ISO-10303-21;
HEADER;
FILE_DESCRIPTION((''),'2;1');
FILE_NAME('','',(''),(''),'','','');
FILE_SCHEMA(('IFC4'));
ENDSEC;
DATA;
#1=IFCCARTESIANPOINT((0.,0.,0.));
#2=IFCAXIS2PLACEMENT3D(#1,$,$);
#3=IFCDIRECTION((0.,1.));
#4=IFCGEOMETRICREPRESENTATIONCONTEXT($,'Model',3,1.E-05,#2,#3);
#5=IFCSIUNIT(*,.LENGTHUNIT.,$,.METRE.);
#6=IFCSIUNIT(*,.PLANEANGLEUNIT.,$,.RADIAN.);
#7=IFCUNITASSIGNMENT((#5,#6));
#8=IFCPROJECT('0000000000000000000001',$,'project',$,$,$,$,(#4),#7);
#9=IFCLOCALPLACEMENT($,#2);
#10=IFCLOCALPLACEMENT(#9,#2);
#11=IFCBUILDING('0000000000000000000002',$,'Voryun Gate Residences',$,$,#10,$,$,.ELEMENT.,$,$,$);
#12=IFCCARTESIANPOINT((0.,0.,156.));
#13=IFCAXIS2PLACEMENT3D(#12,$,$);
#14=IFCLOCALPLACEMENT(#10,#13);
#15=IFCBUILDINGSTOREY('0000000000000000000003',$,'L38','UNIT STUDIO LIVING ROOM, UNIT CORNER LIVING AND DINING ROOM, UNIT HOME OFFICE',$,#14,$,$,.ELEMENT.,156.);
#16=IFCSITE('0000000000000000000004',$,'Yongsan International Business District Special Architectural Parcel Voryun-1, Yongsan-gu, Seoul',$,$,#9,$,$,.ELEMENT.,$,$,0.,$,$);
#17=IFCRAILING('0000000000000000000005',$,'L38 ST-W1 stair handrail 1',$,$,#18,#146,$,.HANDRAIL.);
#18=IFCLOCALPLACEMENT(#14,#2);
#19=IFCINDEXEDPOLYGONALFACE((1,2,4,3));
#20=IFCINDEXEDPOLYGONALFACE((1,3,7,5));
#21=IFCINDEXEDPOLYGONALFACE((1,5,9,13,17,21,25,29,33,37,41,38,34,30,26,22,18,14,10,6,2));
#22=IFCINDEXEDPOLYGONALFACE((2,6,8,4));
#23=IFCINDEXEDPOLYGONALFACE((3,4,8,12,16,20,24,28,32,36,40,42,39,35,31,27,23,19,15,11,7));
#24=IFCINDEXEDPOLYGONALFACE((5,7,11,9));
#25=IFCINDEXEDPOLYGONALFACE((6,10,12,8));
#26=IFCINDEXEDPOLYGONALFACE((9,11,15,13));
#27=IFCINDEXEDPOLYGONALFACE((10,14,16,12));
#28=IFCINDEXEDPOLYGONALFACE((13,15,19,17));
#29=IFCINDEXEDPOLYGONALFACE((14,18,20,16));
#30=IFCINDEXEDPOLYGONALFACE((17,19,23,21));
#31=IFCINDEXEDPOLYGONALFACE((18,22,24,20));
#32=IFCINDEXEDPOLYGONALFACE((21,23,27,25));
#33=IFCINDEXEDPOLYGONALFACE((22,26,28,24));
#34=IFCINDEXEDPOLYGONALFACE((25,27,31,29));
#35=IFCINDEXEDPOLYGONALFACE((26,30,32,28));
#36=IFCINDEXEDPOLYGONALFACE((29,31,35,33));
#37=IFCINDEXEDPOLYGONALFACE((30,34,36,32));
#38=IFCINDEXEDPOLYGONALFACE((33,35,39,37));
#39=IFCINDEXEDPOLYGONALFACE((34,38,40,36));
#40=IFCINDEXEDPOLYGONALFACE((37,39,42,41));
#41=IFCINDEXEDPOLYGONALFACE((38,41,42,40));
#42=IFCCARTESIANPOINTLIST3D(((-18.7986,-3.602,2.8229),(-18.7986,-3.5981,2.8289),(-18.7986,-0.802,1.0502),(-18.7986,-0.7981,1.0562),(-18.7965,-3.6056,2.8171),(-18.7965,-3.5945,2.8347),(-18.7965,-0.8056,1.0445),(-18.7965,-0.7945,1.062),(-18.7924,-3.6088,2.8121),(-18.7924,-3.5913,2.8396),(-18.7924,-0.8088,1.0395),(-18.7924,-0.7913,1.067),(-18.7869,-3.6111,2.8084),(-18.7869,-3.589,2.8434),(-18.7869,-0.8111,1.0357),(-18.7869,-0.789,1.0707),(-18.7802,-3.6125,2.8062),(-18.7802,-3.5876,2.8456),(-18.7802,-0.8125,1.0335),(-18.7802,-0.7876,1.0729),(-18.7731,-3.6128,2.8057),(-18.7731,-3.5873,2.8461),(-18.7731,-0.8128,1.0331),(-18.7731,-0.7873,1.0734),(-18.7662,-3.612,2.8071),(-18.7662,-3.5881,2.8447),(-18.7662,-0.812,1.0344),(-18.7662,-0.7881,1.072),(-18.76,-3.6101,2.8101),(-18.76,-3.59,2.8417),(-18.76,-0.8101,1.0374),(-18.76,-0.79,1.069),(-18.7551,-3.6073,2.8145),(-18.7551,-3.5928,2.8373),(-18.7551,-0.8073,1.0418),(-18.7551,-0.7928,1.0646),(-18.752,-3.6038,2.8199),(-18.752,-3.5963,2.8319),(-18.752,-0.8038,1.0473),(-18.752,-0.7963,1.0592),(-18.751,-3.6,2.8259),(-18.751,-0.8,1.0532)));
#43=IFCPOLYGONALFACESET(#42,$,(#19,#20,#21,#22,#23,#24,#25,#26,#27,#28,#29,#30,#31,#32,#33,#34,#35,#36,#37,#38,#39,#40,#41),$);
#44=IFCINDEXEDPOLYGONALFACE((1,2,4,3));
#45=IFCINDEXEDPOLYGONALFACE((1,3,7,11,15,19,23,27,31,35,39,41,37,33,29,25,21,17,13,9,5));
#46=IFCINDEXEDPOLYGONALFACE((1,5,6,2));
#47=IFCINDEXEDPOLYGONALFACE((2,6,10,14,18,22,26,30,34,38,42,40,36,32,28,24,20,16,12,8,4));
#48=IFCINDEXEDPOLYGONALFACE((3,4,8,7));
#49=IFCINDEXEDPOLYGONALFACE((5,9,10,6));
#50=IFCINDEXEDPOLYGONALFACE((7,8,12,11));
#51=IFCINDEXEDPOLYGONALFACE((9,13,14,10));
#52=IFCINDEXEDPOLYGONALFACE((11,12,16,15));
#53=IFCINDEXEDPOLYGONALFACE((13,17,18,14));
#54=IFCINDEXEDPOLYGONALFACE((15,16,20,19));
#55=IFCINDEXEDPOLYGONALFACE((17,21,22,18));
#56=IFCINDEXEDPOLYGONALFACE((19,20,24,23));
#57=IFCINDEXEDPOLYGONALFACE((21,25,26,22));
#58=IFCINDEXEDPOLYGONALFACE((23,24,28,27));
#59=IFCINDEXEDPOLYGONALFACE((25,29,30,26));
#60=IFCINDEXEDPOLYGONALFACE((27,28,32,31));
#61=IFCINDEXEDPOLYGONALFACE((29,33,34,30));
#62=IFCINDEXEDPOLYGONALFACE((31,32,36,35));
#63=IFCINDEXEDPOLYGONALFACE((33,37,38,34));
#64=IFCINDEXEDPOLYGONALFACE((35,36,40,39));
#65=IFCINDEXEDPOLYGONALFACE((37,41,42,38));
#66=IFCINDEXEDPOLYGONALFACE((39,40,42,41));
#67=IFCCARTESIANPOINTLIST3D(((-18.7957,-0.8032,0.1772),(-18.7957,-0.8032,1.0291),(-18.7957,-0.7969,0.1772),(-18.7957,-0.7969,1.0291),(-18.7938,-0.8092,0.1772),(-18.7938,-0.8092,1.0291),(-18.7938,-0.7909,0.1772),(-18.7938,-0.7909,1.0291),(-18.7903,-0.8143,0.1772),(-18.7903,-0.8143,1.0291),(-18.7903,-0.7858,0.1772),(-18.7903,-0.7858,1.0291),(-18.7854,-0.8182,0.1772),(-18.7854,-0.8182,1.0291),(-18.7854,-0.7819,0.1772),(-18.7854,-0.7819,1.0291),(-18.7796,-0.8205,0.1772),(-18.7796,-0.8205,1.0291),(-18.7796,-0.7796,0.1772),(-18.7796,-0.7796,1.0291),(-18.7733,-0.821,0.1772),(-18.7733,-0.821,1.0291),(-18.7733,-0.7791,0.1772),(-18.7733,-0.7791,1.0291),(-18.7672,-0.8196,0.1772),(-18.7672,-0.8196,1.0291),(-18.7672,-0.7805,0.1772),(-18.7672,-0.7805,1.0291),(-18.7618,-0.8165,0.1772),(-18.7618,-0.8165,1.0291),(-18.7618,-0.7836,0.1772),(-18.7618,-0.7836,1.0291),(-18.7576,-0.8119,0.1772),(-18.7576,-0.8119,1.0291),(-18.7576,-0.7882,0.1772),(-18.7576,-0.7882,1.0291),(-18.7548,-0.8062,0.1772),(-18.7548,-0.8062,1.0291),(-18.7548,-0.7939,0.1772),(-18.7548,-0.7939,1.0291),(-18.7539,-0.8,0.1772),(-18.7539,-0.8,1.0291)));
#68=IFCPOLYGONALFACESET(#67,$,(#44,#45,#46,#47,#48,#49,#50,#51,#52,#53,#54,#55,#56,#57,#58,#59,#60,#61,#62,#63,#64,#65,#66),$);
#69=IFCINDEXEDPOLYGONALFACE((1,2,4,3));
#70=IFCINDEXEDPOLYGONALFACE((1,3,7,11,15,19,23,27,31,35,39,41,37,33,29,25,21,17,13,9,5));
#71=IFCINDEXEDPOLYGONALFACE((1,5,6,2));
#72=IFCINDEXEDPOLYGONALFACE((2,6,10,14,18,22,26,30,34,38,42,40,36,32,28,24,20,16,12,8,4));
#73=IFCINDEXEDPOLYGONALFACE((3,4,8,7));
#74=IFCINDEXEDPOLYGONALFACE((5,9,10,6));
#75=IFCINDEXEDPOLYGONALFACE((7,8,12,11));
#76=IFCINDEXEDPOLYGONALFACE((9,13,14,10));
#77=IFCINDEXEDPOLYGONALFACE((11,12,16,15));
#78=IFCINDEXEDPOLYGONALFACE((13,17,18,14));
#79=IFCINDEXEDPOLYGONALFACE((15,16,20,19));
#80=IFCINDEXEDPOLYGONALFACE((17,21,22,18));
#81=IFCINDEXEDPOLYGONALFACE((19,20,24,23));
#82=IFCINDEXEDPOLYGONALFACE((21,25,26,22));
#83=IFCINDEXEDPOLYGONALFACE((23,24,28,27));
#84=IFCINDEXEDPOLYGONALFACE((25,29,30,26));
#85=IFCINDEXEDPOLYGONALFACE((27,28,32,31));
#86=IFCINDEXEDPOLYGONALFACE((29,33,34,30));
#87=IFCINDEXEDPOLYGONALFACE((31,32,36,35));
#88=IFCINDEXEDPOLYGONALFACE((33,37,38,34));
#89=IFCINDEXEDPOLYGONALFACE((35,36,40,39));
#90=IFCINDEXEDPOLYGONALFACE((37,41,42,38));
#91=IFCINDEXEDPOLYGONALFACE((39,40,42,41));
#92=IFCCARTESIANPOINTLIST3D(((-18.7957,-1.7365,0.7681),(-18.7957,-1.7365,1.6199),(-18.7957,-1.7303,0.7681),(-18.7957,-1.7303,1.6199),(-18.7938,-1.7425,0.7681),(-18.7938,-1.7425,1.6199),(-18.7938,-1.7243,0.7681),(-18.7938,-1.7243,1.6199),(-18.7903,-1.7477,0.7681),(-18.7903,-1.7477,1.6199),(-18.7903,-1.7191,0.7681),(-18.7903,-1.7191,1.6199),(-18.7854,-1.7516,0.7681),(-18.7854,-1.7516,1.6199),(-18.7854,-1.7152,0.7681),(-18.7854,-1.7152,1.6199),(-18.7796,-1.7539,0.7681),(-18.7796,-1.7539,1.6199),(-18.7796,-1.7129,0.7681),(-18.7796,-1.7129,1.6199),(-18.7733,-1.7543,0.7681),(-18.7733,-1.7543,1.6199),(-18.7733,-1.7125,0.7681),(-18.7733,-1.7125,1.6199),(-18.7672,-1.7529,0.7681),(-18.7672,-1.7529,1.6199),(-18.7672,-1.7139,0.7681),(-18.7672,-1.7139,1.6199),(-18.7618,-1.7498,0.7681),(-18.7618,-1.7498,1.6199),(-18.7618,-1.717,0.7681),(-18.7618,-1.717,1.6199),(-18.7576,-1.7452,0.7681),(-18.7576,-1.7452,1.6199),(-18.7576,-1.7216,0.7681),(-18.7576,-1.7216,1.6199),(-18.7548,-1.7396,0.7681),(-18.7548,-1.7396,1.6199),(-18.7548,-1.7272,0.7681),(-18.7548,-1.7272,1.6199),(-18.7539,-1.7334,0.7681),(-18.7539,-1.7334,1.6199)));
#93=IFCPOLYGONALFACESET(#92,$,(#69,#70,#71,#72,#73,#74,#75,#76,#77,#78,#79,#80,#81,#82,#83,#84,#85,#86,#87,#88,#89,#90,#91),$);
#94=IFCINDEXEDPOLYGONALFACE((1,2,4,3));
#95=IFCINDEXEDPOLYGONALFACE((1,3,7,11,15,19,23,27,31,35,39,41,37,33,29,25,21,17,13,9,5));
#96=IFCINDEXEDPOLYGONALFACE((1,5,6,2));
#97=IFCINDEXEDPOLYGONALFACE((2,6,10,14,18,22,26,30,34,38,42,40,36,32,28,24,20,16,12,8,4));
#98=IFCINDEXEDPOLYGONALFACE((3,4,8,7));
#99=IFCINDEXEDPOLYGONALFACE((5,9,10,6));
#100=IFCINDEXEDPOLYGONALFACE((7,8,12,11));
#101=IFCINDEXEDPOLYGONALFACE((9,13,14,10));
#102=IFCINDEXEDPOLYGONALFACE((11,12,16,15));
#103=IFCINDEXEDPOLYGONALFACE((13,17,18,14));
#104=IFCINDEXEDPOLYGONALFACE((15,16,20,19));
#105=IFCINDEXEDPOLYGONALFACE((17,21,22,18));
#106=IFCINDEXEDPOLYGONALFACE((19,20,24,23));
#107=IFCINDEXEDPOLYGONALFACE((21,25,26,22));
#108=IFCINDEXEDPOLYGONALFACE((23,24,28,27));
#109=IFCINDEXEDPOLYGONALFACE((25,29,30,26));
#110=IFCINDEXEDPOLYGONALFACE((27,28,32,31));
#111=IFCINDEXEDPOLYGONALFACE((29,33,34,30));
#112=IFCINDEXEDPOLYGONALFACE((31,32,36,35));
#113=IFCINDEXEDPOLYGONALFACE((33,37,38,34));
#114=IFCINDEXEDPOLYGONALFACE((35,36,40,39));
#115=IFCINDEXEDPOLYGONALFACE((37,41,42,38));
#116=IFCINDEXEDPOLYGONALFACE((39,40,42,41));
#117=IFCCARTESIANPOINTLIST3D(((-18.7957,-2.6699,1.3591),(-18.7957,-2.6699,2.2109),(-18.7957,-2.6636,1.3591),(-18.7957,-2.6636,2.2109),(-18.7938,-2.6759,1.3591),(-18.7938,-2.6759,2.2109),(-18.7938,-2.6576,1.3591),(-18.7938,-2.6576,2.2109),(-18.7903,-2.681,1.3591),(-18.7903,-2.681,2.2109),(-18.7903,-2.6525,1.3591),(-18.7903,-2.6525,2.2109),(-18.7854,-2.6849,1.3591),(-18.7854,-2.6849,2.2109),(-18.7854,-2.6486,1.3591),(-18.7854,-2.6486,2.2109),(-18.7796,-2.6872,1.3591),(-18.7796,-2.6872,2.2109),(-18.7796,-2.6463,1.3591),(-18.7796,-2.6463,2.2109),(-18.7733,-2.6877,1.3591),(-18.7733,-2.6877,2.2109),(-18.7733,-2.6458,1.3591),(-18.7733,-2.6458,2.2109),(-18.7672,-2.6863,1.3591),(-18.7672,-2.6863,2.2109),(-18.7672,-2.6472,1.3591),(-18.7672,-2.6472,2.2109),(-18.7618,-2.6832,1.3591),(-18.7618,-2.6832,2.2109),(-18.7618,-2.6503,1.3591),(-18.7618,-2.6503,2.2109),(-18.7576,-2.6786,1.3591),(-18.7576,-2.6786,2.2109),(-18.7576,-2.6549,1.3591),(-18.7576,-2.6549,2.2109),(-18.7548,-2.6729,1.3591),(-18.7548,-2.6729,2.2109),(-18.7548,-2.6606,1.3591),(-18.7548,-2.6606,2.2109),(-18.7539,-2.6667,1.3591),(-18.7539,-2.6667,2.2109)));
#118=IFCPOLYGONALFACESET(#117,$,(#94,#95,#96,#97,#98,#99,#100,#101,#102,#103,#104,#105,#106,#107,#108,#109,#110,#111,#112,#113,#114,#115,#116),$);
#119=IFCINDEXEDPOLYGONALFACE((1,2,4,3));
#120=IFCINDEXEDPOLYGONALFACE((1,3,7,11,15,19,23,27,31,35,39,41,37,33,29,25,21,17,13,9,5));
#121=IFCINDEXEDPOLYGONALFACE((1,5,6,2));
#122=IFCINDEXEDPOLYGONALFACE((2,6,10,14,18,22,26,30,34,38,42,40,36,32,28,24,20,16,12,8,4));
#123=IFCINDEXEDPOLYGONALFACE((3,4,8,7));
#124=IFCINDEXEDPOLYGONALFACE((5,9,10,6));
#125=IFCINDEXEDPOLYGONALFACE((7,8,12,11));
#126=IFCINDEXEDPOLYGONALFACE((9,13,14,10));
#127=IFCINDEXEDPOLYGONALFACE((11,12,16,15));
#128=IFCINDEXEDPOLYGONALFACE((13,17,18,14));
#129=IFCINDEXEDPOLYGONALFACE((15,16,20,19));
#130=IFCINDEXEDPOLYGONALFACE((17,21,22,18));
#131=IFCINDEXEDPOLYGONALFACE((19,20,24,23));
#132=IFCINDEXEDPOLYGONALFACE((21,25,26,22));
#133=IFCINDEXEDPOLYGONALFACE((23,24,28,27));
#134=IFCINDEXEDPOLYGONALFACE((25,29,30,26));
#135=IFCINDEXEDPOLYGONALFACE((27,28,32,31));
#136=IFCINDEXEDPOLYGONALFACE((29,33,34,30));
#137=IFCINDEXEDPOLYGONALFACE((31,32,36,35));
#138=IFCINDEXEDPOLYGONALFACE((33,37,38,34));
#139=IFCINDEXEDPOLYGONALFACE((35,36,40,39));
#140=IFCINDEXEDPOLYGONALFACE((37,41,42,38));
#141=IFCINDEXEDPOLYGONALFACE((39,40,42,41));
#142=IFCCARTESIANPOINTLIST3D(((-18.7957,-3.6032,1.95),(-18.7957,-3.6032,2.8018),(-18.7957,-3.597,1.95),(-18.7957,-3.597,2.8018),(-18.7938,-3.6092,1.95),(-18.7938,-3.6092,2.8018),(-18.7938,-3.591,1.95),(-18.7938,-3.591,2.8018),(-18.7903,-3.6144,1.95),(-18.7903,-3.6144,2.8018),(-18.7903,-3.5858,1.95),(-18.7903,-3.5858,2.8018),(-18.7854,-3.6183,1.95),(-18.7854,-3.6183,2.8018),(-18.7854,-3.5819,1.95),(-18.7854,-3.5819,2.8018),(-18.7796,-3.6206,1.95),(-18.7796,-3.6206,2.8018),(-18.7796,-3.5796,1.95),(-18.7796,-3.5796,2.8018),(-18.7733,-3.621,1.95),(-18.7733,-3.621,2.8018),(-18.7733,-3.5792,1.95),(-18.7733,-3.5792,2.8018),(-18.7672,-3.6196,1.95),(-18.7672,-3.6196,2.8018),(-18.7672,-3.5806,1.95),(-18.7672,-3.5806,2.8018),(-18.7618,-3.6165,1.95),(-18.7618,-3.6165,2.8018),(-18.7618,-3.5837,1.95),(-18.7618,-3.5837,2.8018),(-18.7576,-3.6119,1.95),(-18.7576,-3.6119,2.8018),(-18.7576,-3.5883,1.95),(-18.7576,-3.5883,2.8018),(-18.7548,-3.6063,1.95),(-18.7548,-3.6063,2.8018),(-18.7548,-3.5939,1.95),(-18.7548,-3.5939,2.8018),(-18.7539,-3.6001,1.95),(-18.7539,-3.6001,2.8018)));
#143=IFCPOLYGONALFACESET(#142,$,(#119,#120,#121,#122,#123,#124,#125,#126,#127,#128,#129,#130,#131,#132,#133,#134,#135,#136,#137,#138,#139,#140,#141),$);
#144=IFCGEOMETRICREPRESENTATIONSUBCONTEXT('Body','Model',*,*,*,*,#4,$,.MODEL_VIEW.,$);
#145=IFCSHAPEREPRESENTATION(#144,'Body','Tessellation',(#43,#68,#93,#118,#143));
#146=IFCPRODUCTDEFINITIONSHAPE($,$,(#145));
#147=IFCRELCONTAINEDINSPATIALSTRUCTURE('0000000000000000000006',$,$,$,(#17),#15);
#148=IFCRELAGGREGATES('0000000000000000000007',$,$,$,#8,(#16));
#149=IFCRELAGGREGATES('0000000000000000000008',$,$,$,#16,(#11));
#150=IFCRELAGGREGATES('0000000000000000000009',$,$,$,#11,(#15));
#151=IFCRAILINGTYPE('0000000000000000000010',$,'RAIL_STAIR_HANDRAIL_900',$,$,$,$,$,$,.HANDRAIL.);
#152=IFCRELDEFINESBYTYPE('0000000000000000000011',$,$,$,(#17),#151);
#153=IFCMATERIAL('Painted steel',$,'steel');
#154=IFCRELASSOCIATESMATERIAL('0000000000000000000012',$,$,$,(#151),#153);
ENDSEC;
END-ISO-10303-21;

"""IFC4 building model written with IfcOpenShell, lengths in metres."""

from ifc_helpers import new_model, si_unit, direction, frame, origin, origin_2d, place, context, subcontext, project, spatial, circle, extrude, material, type_object, element, save


model = new_model("IFC4")

# Units and contexts
model_context = context("Model", 3, precision=1e-05, world=origin(), true_north=direction((0.0, 1.0)))
body_context = subcontext(model_context, "Body", "Model", "MODEL_VIEW")
ifc_project = project(units=[si_unit("LENGTHUNIT", "METRE"), si_unit("PLANEANGLEUNIT", "RADIAN")], contexts=[model_context])

# Site, building, storey
site_placement = place(None, origin())
site = spatial("IfcSite", under=ifc_project, at=site_placement, Name="Yongsan International Business District Special Architectural Parcel Voryun-1, Yongsan-gu, Seoul", CompositionType="ELEMENT", RefElevation=0.0)
building_placement = place(site_placement, origin())
building = spatial("IfcBuilding", under=site, at=building_placement, Name="Voryun Gate Residences", CompositionType="ELEMENT")
storey_placement = place(building_placement, frame((0.0, 0.0, 156.0)))
storey = spatial("IfcBuildingStorey", under=building, at=storey_placement, Name="L38", Description="UNIT STUDIO LIVING ROOM, UNIT CORNER LIVING AND DINING ROOM, UNIT HOME OFFICE", CompositionType="ELEMENT", Elevation=156.0)

# Railing
ifc_material_1 = material(Name="Painted steel", Category="steel")
railing_type_1 = type_object("IfcRailingType", Name="RAIL_STAIR_HANDRAIL_900", PredefinedType="HANDRAIL", material=ifc_material_1)
railing_1_placement = place(storey_placement, frame((-18.7749, -0.8, 0.1772)))
element("IfcRailing", 1, at=railing_1_placement, inside=storey, type_object=railing_type_1, Name="L38 ST-W1 stair handrail 1", PredefinedType="HANDRAIL", context=body_context, shape_type="SweptSolid", body=[
    extrude(circle(Radius=0.0239, at=origin_2d()), frame((0.0, 0.0, 0.876), z_axis=(0.0, -0.844909, 0.53491), x_axis=(1.0, 0.0, 0.0)), (0.0, 0.0, 1.0), 3.314),
    extrude(circle(Radius=0.021, at=origin_2d()), origin(), (0.0, 0.0, 1.0), 0.8518),
    extrude(circle(Radius=0.021, at=origin_2d()), frame((0.0, -0.9333, 0.5908)), (0.0, 0.0, 1.0), 0.8518),
    extrude(circle(Radius=0.021, at=origin_2d()), frame((0.0, -1.8667, 1.1819)), (0.0, 0.0, 1.0), 0.8518),
    extrude(circle(Radius=0.021, at=origin_2d()), frame((0.0, -2.8, 1.7727)), (0.0, 0.0, 1.0), 0.8518),
])

save(model, "model.ifc")
